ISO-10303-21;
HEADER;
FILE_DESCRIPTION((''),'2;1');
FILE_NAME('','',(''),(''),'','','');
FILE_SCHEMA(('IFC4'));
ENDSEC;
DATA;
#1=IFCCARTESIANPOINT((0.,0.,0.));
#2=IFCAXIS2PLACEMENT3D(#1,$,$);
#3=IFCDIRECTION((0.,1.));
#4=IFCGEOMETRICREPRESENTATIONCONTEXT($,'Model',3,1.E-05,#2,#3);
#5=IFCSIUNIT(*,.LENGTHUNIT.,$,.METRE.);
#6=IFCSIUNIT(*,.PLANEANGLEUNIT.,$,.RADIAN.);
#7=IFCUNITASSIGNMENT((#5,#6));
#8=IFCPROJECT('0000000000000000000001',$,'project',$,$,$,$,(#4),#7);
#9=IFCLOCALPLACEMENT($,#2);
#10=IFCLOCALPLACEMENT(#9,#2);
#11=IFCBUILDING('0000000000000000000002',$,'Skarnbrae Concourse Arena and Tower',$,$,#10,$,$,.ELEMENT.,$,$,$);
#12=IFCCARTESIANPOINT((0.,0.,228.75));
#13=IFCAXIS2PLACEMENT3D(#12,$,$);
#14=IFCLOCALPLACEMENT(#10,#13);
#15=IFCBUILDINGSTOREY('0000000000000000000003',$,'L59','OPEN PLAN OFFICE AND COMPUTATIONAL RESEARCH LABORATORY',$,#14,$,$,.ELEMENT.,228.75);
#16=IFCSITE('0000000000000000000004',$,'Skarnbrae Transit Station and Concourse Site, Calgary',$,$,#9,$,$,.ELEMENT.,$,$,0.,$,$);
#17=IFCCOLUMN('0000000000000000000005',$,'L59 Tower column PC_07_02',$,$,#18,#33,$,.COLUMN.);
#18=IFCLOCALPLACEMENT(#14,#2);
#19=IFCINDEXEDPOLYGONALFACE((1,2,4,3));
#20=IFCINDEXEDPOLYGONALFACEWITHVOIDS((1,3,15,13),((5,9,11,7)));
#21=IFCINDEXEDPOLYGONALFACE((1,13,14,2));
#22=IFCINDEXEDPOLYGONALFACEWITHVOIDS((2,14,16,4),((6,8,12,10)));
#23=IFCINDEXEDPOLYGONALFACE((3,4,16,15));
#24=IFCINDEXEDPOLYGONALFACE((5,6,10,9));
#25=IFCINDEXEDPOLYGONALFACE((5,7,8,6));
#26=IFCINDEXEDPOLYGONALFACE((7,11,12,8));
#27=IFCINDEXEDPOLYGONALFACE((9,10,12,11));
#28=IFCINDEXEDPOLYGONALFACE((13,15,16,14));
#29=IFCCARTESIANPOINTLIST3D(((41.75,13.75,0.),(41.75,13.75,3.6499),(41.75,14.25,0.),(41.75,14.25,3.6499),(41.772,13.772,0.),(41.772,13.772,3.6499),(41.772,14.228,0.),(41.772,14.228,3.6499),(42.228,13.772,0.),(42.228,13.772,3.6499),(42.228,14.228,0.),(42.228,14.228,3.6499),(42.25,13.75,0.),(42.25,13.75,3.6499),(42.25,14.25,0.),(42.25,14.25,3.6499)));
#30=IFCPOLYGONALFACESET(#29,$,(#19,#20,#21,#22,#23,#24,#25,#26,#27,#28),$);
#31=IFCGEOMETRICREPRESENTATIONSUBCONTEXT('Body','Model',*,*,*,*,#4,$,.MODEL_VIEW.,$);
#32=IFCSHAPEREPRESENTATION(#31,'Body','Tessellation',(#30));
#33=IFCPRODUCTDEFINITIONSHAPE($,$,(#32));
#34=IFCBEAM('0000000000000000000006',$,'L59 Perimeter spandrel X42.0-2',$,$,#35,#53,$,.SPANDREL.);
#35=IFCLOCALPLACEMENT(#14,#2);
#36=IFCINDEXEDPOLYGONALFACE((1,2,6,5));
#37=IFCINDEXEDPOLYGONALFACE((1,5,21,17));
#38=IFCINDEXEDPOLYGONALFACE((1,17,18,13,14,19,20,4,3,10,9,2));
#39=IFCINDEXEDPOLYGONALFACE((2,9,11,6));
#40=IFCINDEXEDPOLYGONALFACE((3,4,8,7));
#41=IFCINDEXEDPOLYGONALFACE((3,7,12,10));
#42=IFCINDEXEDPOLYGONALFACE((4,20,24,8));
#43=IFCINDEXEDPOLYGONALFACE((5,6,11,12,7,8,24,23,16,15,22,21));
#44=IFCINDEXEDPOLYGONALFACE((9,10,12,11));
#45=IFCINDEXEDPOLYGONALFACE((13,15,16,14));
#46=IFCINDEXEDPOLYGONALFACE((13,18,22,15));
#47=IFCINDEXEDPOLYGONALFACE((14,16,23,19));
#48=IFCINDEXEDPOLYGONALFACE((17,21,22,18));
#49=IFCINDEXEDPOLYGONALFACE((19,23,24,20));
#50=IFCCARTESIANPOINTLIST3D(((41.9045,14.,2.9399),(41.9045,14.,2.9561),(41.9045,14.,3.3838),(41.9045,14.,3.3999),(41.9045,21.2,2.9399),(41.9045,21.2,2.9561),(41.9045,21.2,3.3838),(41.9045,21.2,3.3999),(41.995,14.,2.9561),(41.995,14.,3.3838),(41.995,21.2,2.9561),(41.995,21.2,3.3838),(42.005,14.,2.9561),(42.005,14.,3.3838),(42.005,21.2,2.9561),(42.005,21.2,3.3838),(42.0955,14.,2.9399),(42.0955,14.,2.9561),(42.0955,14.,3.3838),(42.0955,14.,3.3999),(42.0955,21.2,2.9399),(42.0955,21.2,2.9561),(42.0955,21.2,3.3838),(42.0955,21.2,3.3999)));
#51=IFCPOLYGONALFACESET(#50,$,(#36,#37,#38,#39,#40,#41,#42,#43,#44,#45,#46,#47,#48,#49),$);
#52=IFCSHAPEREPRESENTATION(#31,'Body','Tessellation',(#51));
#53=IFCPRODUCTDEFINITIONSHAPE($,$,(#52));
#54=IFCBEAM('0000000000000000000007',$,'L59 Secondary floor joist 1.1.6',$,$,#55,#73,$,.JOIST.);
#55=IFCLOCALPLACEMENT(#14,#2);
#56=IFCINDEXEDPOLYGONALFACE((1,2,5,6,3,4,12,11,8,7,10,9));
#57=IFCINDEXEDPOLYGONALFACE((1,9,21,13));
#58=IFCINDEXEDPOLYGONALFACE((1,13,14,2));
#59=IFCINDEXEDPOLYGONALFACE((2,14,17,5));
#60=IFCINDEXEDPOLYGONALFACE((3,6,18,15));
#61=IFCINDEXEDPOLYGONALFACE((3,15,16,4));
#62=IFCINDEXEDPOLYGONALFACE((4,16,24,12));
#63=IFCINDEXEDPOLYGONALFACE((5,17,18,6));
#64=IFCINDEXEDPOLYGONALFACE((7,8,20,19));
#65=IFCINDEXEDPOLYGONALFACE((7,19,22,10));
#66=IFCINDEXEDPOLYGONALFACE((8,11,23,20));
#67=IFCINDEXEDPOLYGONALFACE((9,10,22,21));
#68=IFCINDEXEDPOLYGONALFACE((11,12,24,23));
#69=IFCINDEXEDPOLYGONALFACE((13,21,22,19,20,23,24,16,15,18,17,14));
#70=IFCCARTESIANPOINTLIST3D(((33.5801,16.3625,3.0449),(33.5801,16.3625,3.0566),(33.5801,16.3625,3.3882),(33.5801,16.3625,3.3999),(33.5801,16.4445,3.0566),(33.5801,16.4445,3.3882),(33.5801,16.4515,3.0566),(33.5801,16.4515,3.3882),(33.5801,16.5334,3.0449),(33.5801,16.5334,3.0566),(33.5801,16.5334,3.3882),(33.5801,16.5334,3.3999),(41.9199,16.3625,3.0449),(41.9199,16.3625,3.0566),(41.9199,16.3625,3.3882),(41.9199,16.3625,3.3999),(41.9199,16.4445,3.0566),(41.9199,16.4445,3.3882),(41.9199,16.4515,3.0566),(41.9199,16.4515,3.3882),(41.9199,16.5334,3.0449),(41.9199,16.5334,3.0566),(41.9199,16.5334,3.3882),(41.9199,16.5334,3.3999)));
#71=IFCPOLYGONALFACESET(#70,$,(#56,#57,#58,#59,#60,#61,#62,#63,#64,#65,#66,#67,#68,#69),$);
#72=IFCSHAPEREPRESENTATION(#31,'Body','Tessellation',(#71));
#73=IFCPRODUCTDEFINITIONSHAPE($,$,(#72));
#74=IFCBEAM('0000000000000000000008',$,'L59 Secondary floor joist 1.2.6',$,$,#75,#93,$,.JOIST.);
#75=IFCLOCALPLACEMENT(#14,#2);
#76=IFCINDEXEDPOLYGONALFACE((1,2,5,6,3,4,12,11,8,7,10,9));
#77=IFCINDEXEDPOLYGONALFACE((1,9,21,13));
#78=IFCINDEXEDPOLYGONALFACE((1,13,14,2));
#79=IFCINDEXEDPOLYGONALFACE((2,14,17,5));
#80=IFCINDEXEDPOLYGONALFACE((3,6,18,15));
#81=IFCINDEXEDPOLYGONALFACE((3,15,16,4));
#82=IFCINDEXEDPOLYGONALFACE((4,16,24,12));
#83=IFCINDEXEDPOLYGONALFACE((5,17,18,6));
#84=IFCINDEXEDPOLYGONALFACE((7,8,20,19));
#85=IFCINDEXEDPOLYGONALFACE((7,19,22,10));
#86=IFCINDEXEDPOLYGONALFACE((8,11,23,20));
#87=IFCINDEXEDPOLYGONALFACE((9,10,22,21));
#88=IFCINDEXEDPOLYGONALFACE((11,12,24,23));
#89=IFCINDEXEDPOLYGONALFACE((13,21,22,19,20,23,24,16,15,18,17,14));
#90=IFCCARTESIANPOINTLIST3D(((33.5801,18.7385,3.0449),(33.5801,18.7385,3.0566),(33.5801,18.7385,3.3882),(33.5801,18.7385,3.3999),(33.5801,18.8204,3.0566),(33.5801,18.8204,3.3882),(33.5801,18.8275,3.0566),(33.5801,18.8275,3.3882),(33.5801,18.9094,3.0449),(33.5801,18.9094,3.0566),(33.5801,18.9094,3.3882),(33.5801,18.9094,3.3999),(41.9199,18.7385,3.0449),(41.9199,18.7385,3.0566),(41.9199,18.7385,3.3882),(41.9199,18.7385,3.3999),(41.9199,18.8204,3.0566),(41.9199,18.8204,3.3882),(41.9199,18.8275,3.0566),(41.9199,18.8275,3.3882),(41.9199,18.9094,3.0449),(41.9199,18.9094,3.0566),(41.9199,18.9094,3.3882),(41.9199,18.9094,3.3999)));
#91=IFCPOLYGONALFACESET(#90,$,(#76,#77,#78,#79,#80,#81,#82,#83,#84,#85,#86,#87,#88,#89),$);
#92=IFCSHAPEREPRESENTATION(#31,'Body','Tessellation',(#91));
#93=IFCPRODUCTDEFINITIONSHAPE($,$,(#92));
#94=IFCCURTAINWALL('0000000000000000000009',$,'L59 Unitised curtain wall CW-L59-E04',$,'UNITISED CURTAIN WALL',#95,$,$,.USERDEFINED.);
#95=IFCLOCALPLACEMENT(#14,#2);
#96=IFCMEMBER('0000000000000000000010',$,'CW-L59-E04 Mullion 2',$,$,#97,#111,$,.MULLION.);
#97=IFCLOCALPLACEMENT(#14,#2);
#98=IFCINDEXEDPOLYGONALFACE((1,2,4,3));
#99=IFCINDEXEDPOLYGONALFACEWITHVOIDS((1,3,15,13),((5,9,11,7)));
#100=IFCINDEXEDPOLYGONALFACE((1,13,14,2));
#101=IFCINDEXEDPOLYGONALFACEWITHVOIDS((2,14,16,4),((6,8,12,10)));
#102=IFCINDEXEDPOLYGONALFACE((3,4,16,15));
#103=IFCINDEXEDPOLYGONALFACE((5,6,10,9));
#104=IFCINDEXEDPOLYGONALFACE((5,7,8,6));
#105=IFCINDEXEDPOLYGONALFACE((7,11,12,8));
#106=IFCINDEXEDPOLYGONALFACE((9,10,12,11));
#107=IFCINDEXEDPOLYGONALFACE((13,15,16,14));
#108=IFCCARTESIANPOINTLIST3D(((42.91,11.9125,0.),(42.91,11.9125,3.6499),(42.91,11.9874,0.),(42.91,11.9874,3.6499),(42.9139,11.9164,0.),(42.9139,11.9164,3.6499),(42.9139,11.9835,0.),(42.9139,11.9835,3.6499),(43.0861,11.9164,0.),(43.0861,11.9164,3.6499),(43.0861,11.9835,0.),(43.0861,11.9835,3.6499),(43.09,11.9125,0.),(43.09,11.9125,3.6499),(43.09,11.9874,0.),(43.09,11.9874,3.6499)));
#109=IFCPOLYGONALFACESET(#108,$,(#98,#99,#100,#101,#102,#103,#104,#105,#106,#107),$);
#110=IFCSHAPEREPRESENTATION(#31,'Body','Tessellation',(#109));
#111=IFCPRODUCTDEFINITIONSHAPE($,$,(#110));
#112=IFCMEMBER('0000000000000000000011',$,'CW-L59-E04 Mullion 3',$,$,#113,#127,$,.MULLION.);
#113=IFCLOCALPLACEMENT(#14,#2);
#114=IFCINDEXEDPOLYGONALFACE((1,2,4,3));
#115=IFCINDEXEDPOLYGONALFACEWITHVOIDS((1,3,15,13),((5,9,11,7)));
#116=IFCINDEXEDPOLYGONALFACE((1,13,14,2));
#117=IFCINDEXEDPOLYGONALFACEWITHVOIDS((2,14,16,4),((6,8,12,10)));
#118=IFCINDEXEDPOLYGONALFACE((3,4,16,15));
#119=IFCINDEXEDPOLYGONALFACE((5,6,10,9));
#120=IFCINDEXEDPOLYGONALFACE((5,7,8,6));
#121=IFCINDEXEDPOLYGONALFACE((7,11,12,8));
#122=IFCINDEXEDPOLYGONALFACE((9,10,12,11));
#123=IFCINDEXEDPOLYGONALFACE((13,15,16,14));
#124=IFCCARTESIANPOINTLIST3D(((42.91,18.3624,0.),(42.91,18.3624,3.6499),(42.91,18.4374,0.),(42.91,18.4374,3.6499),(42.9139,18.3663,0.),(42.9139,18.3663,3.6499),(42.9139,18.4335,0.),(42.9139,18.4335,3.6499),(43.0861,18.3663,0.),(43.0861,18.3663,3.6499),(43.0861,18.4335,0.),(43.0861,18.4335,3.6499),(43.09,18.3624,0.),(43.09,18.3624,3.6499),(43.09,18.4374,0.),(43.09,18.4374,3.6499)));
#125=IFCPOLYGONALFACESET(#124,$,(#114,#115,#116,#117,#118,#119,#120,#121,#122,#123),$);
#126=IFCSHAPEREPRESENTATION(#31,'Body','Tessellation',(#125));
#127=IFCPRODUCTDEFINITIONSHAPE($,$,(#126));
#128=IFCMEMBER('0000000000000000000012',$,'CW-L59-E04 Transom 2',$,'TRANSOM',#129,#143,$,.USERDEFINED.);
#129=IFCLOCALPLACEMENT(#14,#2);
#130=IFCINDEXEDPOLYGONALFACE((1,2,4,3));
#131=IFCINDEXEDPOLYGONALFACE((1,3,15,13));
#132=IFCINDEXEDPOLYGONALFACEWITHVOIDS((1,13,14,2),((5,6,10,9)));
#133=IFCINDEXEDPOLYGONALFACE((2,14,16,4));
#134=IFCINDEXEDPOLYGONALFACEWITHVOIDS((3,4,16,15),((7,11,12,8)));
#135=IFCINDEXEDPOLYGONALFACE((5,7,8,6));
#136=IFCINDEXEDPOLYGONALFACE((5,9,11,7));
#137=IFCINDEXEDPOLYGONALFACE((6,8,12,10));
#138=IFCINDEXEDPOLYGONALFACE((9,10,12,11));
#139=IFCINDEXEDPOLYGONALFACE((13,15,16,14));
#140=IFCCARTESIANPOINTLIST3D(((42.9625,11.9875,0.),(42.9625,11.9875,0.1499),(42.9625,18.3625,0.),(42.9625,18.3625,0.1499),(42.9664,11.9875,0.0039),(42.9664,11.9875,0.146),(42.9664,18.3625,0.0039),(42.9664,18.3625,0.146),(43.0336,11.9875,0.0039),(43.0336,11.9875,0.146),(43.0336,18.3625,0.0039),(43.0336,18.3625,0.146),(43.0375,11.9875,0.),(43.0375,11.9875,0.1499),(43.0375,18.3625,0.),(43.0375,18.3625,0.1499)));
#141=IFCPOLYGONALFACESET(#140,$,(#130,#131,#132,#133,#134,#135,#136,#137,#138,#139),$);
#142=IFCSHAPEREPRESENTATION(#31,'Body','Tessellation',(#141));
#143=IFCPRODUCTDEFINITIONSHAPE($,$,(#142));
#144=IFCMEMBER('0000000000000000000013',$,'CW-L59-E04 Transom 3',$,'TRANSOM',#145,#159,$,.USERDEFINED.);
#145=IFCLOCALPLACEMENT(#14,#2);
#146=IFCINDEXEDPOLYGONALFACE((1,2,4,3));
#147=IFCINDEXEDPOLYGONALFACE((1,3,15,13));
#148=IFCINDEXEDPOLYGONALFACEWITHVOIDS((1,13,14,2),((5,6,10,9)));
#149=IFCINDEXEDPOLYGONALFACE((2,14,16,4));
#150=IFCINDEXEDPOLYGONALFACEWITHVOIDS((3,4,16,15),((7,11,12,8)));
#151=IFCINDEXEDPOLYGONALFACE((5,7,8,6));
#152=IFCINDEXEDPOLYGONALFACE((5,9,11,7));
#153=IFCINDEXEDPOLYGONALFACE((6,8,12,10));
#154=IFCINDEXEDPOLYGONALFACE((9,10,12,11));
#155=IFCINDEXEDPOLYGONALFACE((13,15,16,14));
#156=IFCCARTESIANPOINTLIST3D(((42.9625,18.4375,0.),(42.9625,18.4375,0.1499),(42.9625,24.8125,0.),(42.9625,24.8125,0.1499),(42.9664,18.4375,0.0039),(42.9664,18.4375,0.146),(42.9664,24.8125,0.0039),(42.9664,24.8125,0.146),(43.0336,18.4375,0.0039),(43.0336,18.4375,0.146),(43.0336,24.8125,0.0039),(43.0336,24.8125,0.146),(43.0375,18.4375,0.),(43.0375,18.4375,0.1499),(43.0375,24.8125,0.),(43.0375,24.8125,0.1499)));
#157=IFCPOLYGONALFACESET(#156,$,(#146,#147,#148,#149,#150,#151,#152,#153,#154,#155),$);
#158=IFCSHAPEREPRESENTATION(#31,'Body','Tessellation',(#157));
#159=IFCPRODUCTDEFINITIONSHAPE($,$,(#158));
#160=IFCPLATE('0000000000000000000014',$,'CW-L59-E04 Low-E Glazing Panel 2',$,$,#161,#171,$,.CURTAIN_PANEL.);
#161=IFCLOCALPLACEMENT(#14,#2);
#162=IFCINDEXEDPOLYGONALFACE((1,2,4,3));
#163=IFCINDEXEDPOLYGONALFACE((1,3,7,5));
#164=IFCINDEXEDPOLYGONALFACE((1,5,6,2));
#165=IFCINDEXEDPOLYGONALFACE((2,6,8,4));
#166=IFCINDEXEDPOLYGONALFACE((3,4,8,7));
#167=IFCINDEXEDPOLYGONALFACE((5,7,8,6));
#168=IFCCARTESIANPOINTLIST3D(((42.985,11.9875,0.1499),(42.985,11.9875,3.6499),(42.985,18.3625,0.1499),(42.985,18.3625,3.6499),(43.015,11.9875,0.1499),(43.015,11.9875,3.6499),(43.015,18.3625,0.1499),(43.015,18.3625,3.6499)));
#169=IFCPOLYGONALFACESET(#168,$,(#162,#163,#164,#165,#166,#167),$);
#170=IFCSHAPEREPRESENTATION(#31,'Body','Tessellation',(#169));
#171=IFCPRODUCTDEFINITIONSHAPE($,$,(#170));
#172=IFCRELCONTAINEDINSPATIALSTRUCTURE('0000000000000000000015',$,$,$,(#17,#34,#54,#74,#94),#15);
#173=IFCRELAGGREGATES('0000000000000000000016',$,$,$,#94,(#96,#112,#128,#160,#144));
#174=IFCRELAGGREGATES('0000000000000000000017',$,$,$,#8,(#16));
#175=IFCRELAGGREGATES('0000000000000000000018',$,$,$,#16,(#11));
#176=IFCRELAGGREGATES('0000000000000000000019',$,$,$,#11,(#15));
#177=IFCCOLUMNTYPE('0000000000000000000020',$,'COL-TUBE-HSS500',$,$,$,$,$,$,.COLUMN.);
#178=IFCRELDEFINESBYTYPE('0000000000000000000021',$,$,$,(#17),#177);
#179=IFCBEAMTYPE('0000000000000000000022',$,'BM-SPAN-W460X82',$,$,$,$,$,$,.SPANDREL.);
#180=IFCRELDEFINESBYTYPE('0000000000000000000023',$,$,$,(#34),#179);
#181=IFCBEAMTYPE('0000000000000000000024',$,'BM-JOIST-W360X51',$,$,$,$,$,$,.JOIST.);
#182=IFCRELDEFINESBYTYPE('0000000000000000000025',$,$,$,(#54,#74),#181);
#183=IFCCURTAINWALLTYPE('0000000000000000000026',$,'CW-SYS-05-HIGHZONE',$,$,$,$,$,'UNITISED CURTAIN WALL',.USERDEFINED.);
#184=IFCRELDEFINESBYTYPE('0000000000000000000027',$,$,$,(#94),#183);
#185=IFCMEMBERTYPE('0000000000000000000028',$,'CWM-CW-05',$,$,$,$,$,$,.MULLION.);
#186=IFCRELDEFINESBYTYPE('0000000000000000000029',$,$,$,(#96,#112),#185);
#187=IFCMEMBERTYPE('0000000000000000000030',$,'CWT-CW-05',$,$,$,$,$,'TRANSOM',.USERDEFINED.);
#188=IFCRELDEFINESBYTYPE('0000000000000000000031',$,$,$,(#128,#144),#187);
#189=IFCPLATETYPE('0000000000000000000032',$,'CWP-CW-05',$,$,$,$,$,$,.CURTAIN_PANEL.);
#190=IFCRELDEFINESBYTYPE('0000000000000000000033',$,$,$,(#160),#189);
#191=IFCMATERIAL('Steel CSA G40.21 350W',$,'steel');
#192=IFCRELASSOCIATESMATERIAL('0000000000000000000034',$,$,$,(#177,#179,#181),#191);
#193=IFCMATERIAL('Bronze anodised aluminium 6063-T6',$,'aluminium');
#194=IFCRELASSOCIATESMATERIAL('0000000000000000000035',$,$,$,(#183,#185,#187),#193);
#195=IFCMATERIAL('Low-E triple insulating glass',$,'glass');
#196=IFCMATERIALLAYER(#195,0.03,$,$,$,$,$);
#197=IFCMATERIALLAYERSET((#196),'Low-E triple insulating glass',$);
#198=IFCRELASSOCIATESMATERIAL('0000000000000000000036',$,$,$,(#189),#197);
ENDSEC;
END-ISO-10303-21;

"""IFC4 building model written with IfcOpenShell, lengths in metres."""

from ifc_helpers import new_model, si_unit, direction, frame, origin, origin_2d, place, context, subcontext, project, spatial, rectangle, hollow_rectangle, i_section, extrude, source, transform, mapped, material, layer, layer_set, material_profile, profile_set, type_object, element, aggregate, save


model = new_model("IFC4")

# Units and contexts
model_context = context("Model", 3, precision=1e-05, world=origin(), true_north=direction((0.0, 1.0)))
body_context = subcontext(model_context, "Body", "Model", "MODEL_VIEW")
ifc_project = project(units=[si_unit("LENGTHUNIT", "METRE"), si_unit("PLANEANGLEUNIT", "RADIAN")], contexts=[model_context])

# Site, building, storey
site_placement = place(None, origin())
site = spatial("IfcSite", under=ifc_project, at=site_placement, Name="Skarnbrae Transit Station and Concourse Site, Calgary", CompositionType="ELEMENT", RefElevation=0.0)
building_placement = place(site_placement, origin())
building = spatial("IfcBuilding", under=site, at=building_placement, Name="Skarnbrae Concourse Arena and Tower", CompositionType="ELEMENT")
storey_placement = place(building_placement, frame((0.0, 0.0, 228.75)))
storey = spatial("IfcBuildingStorey", under=building, at=storey_placement, Name="L59", Description="OPEN PLAN OFFICE AND COMPUTATIONAL RESEARCH LABORATORY", CompositionType="ELEMENT", Elevation=228.75)

# Column
ifc_material_1 = material(Name="Steel CSA G40.21 350W", Category="steel")
ifc_material_profile_1 = material_profile(ifc_material_1, hollow_rectangle(XDim=0.5, YDim=0.5, WallThickness=0.022, at=origin_2d()), Name="HSS500X500X22.0")
ifc_profile_set_1 = profile_set([ifc_material_profile_1], Name="Steel CSA G40.21 350W")
column_type = type_object("IfcColumnType", Name="COL-TUBE-HSS500", PredefinedType="COLUMN", material=ifc_profile_set_1)
shared_shape_1 = source(origin(), body_context, "Body", "SweptSolid", [
    extrude(hollow_rectangle(XDim=0.5, YDim=0.5, WallThickness=0.022, at=origin_2d()), origin(), (0.0, 0.0, 1.0), 3.6499),
])
column_placement = place(storey_placement, frame((42.0, 14.0, 0.0), z_axis=(0.0, 0.0, 1.0), x_axis=(1.0, 0.0, 0.0)))
element("IfcColumn", 1, at=column_placement, inside=storey, type_object=column_type, Name="L59 Tower column PC_07_02", PredefinedType="COLUMN", context=body_context, shape_type="MappedRepresentation", body=[
    mapped(shared_shape_1, transform((0.0, 0.0, 0.0))),
])

# Beams
ifc_material_profile_2 = material_profile(ifc_material_1, i_section(OverallWidth=0.1909, OverallDepth=0.46, WebThickness=0.01, FlangeThickness=0.0161, at=origin_2d()), Name="W460X82")
ifc_profile_set_2 = profile_set([ifc_material_profile_2], Name="Steel CSA G40.21 350W")
beam_type_1 = type_object("IfcBeamType", Name="BM-SPAN-W460X82", PredefinedType="SPANDREL", material=ifc_profile_set_2)
shared_shape_2 = source(origin(), body_context, "Body", "SweptSolid", [
    extrude(i_section(OverallWidth=0.1909, OverallDepth=0.46, WebThickness=0.01, FlangeThickness=0.0161, at=origin_2d()), origin(), (0.0, 0.0, 1.0), 7.2),
])
beam_placement = place(storey_placement, frame((42.0, 14.0, 3.1699), z_axis=(0.0, 1.0, 0.0), x_axis=(-1.0, 0.0, 0.0)))
element("IfcBeam", 2, at=beam_placement, inside=storey, type_object=beam_type_1, Name="L59 Perimeter spandrel X42.0-2", PredefinedType="SPANDREL", context=body_context, shape_type="MappedRepresentation", body=[
    mapped(shared_shape_2, transform((0.0, 0.0, 0.0))),
])
ifc_material_profile_3 = material_profile(ifc_material_1, i_section(OverallWidth=0.1709, OverallDepth=0.355, WebThickness=0.0071, FlangeThickness=0.0117, at=origin_2d()), Name="W360X51")
ifc_profile_set_3 = profile_set([ifc_material_profile_3], Name="Steel CSA G40.21 350W")
beam_type_2 = type_object("IfcBeamType", Name="BM-JOIST-W360X51", PredefinedType="JOIST", material=ifc_profile_set_3)
shared_shape_3 = source(origin(), body_context, "Body", "SweptSolid", [
    extrude(i_section(OverallWidth=0.1709, OverallDepth=0.355, WebThickness=0.0071, FlangeThickness=0.0117, at=origin_2d()), origin(), (0.0, 0.0, 1.0), 8.3398),
])
for number, where, z_axis, x_axis, name in (
    (3, (33.5801, 16.448, 3.2224), (1.0, 0.0, 0.0), (0.0, 1.0, 0.0), "L59 Secondary floor joist 1.1.6"),
    (4, (33.5801, 18.824, 3.2224), (1.0, 0.0, 0.0), (0.0, 1.0, 0.0), "L59 Secondary floor joist 1.2.6"),
):
    element("IfcBeam", number, at=place(storey_placement, frame(where, z_axis=z_axis, x_axis=x_axis)), inside=storey, type_object=beam_type_2, Name=name, PredefinedType="JOIST", context=body_context, shape_type="MappedRepresentation", body=[
        mapped(shared_shape_3, transform((0.0, 0.0, 0.0))),
    ])

# Curtain wall, members, plate
ifc_material_2 = material(Name="Bronze anodised aluminium 6063-T6", Category="aluminium")
curtain_wall_type = type_object("IfcCurtainWallType", Name="CW-SYS-05-HIGHZONE", ElementType="UNITISED CURTAIN WALL", PredefinedType="USERDEFINED", material=ifc_material_2)
curtain_wall_placement = place(storey_placement, origin())
curtain_wall = element("IfcCurtainWall", 5, at=curtain_wall_placement, inside=storey, type_object=curtain_wall_type, Name="L59 Unitised curtain wall CW-L59-E04", ObjectType="UNITISED CURTAIN WALL", PredefinedType="USERDEFINED")
ifc_material_profile_4 = material_profile(ifc_material_2, hollow_rectangle(XDim=0.075, YDim=0.1799, WallThickness=0.0039, at=origin_2d()), Name="ALU-MULL-75X180")
ifc_profile_set_4 = profile_set([ifc_material_profile_4], Name="Bronze anodised aluminium 6063-T6")
member_type_1 = type_object("IfcMemberType", Name="CWM-CW-05", PredefinedType="MULLION", material=ifc_profile_set_4)
shared_shape_4 = source(origin(), body_context, "Body", "SweptSolid", [
    extrude(hollow_rectangle(XDim=0.075, YDim=0.1799, WallThickness=0.0039, at=origin_2d()), origin(), (0.0, 0.0, 1.0), 3.6499),
])
member_1_placement = place(storey_placement, frame((43.0, 11.95, 0.0), z_axis=(0.0, 0.0, 1.0), x_axis=(0.0, 1.0, 0.0)))
member_1 = element("IfcMember", 6, at=member_1_placement, type_object=member_type_1, Name="CW-L59-E04 Mullion 2", PredefinedType="MULLION", context=body_context, shape_type="MappedRepresentation", body=[
    mapped(shared_shape_4, transform((0.0, 0.0, 0.0))),
])
member_2_placement = place(storey_placement, frame((43.0, 18.3999, 0.0), z_axis=(0.0, 0.0, 1.0), x_axis=(0.0, 1.0, 0.0)))
member_2 = element("IfcMember", 7, at=member_2_placement, type_object=member_type_1, Name="CW-L59-E04 Mullion 3", PredefinedType="MULLION", context=body_context, shape_type="MappedRepresentation", body=[
    mapped(shared_shape_4, transform((0.0, 0.0, 0.0))),
])
ifc_material_profile_5 = material_profile(ifc_material_2, hollow_rectangle(XDim=0.075, YDim=0.1499, WallThickness=0.0039, at=origin_2d()), Name="ALU-TRAN-75X150")
ifc_profile_set_5 = profile_set([ifc_material_profile_5], Name="Bronze anodised aluminium 6063-T6")
member_type_2 = type_object("IfcMemberType", Name="CWT-CW-05", ElementType="TRANSOM", PredefinedType="USERDEFINED", material=ifc_profile_set_5)
shared_shape_5 = source(origin(), body_context, "Body", "SweptSolid", [
    extrude(hollow_rectangle(XDim=0.075, YDim=0.1499, WallThickness=0.0039, at=origin_2d()), origin(), (0.0, 0.0, 1.0), 6.375),
])
member_3_placement = place(storey_placement, frame((43.0, 11.9875, 0.075), z_axis=(0.0, 1.0, 0.0), x_axis=(-1.0, 0.0, 0.0)))
member_3 = element("IfcMember", 8, at=member_3_placement, type_object=member_type_2, Name="CW-L59-E04 Transom 2", ObjectType="TRANSOM", PredefinedType="USERDEFINED", context=body_context, shape_type="MappedRepresentation", body=[
    mapped(shared_shape_5, transform((0.0, 0.0, 0.0))),
])
member_4_placement = place(storey_placement, frame((43.0, 18.4375, 0.075), z_axis=(0.0, 1.0, 0.0), x_axis=(-1.0, 0.0, 0.0)))
member_4 = element("IfcMember", 9, at=member_4_placement, type_object=member_type_2, Name="CW-L59-E04 Transom 3", ObjectType="TRANSOM", PredefinedType="USERDEFINED", context=body_context, shape_type="MappedRepresentation", body=[
    mapped(shared_shape_5, transform((0.0, 0.0, 0.0))),
])
ifc_material_3 = material(Name="Low-E triple insulating glass", Category="glass")
ifc_layer_1 = layer(ifc_material_3, 0.03)
ifc_layer_set_1 = layer_set([ifc_layer_1], Name="Low-E triple insulating glass")
plate_type = type_object("IfcPlateType", Name="CWP-CW-05", PredefinedType="CURTAIN_PANEL", material=ifc_layer_set_1)
shared_shape_6 = source(origin(), body_context, "Body", "SweptSolid", [
    extrude(rectangle(XDim=6.375, YDim=0.03, at=origin_2d()), origin(), (0.0, 0.0, 1.0), 3.5),
])
plate_placement = place(storey_placement, frame((43.0, 15.175, 0.1499), z_axis=(0.0, 0.0, 1.0), x_axis=(0.0, 1.0, 0.0)))
plate = element("IfcPlate", 10, at=plate_placement, type_object=plate_type, Name="CW-L59-E04 Low-E Glazing Panel 2", PredefinedType="CURTAIN_PANEL", context=body_context, shape_type="MappedRepresentation", body=[
    mapped(shared_shape_6, transform((0.0, 0.0, 0.0))),
])
aggregate(curtain_wall, [member_1, member_2, member_3, plate, member_4])

save(model, "model.ifc")
